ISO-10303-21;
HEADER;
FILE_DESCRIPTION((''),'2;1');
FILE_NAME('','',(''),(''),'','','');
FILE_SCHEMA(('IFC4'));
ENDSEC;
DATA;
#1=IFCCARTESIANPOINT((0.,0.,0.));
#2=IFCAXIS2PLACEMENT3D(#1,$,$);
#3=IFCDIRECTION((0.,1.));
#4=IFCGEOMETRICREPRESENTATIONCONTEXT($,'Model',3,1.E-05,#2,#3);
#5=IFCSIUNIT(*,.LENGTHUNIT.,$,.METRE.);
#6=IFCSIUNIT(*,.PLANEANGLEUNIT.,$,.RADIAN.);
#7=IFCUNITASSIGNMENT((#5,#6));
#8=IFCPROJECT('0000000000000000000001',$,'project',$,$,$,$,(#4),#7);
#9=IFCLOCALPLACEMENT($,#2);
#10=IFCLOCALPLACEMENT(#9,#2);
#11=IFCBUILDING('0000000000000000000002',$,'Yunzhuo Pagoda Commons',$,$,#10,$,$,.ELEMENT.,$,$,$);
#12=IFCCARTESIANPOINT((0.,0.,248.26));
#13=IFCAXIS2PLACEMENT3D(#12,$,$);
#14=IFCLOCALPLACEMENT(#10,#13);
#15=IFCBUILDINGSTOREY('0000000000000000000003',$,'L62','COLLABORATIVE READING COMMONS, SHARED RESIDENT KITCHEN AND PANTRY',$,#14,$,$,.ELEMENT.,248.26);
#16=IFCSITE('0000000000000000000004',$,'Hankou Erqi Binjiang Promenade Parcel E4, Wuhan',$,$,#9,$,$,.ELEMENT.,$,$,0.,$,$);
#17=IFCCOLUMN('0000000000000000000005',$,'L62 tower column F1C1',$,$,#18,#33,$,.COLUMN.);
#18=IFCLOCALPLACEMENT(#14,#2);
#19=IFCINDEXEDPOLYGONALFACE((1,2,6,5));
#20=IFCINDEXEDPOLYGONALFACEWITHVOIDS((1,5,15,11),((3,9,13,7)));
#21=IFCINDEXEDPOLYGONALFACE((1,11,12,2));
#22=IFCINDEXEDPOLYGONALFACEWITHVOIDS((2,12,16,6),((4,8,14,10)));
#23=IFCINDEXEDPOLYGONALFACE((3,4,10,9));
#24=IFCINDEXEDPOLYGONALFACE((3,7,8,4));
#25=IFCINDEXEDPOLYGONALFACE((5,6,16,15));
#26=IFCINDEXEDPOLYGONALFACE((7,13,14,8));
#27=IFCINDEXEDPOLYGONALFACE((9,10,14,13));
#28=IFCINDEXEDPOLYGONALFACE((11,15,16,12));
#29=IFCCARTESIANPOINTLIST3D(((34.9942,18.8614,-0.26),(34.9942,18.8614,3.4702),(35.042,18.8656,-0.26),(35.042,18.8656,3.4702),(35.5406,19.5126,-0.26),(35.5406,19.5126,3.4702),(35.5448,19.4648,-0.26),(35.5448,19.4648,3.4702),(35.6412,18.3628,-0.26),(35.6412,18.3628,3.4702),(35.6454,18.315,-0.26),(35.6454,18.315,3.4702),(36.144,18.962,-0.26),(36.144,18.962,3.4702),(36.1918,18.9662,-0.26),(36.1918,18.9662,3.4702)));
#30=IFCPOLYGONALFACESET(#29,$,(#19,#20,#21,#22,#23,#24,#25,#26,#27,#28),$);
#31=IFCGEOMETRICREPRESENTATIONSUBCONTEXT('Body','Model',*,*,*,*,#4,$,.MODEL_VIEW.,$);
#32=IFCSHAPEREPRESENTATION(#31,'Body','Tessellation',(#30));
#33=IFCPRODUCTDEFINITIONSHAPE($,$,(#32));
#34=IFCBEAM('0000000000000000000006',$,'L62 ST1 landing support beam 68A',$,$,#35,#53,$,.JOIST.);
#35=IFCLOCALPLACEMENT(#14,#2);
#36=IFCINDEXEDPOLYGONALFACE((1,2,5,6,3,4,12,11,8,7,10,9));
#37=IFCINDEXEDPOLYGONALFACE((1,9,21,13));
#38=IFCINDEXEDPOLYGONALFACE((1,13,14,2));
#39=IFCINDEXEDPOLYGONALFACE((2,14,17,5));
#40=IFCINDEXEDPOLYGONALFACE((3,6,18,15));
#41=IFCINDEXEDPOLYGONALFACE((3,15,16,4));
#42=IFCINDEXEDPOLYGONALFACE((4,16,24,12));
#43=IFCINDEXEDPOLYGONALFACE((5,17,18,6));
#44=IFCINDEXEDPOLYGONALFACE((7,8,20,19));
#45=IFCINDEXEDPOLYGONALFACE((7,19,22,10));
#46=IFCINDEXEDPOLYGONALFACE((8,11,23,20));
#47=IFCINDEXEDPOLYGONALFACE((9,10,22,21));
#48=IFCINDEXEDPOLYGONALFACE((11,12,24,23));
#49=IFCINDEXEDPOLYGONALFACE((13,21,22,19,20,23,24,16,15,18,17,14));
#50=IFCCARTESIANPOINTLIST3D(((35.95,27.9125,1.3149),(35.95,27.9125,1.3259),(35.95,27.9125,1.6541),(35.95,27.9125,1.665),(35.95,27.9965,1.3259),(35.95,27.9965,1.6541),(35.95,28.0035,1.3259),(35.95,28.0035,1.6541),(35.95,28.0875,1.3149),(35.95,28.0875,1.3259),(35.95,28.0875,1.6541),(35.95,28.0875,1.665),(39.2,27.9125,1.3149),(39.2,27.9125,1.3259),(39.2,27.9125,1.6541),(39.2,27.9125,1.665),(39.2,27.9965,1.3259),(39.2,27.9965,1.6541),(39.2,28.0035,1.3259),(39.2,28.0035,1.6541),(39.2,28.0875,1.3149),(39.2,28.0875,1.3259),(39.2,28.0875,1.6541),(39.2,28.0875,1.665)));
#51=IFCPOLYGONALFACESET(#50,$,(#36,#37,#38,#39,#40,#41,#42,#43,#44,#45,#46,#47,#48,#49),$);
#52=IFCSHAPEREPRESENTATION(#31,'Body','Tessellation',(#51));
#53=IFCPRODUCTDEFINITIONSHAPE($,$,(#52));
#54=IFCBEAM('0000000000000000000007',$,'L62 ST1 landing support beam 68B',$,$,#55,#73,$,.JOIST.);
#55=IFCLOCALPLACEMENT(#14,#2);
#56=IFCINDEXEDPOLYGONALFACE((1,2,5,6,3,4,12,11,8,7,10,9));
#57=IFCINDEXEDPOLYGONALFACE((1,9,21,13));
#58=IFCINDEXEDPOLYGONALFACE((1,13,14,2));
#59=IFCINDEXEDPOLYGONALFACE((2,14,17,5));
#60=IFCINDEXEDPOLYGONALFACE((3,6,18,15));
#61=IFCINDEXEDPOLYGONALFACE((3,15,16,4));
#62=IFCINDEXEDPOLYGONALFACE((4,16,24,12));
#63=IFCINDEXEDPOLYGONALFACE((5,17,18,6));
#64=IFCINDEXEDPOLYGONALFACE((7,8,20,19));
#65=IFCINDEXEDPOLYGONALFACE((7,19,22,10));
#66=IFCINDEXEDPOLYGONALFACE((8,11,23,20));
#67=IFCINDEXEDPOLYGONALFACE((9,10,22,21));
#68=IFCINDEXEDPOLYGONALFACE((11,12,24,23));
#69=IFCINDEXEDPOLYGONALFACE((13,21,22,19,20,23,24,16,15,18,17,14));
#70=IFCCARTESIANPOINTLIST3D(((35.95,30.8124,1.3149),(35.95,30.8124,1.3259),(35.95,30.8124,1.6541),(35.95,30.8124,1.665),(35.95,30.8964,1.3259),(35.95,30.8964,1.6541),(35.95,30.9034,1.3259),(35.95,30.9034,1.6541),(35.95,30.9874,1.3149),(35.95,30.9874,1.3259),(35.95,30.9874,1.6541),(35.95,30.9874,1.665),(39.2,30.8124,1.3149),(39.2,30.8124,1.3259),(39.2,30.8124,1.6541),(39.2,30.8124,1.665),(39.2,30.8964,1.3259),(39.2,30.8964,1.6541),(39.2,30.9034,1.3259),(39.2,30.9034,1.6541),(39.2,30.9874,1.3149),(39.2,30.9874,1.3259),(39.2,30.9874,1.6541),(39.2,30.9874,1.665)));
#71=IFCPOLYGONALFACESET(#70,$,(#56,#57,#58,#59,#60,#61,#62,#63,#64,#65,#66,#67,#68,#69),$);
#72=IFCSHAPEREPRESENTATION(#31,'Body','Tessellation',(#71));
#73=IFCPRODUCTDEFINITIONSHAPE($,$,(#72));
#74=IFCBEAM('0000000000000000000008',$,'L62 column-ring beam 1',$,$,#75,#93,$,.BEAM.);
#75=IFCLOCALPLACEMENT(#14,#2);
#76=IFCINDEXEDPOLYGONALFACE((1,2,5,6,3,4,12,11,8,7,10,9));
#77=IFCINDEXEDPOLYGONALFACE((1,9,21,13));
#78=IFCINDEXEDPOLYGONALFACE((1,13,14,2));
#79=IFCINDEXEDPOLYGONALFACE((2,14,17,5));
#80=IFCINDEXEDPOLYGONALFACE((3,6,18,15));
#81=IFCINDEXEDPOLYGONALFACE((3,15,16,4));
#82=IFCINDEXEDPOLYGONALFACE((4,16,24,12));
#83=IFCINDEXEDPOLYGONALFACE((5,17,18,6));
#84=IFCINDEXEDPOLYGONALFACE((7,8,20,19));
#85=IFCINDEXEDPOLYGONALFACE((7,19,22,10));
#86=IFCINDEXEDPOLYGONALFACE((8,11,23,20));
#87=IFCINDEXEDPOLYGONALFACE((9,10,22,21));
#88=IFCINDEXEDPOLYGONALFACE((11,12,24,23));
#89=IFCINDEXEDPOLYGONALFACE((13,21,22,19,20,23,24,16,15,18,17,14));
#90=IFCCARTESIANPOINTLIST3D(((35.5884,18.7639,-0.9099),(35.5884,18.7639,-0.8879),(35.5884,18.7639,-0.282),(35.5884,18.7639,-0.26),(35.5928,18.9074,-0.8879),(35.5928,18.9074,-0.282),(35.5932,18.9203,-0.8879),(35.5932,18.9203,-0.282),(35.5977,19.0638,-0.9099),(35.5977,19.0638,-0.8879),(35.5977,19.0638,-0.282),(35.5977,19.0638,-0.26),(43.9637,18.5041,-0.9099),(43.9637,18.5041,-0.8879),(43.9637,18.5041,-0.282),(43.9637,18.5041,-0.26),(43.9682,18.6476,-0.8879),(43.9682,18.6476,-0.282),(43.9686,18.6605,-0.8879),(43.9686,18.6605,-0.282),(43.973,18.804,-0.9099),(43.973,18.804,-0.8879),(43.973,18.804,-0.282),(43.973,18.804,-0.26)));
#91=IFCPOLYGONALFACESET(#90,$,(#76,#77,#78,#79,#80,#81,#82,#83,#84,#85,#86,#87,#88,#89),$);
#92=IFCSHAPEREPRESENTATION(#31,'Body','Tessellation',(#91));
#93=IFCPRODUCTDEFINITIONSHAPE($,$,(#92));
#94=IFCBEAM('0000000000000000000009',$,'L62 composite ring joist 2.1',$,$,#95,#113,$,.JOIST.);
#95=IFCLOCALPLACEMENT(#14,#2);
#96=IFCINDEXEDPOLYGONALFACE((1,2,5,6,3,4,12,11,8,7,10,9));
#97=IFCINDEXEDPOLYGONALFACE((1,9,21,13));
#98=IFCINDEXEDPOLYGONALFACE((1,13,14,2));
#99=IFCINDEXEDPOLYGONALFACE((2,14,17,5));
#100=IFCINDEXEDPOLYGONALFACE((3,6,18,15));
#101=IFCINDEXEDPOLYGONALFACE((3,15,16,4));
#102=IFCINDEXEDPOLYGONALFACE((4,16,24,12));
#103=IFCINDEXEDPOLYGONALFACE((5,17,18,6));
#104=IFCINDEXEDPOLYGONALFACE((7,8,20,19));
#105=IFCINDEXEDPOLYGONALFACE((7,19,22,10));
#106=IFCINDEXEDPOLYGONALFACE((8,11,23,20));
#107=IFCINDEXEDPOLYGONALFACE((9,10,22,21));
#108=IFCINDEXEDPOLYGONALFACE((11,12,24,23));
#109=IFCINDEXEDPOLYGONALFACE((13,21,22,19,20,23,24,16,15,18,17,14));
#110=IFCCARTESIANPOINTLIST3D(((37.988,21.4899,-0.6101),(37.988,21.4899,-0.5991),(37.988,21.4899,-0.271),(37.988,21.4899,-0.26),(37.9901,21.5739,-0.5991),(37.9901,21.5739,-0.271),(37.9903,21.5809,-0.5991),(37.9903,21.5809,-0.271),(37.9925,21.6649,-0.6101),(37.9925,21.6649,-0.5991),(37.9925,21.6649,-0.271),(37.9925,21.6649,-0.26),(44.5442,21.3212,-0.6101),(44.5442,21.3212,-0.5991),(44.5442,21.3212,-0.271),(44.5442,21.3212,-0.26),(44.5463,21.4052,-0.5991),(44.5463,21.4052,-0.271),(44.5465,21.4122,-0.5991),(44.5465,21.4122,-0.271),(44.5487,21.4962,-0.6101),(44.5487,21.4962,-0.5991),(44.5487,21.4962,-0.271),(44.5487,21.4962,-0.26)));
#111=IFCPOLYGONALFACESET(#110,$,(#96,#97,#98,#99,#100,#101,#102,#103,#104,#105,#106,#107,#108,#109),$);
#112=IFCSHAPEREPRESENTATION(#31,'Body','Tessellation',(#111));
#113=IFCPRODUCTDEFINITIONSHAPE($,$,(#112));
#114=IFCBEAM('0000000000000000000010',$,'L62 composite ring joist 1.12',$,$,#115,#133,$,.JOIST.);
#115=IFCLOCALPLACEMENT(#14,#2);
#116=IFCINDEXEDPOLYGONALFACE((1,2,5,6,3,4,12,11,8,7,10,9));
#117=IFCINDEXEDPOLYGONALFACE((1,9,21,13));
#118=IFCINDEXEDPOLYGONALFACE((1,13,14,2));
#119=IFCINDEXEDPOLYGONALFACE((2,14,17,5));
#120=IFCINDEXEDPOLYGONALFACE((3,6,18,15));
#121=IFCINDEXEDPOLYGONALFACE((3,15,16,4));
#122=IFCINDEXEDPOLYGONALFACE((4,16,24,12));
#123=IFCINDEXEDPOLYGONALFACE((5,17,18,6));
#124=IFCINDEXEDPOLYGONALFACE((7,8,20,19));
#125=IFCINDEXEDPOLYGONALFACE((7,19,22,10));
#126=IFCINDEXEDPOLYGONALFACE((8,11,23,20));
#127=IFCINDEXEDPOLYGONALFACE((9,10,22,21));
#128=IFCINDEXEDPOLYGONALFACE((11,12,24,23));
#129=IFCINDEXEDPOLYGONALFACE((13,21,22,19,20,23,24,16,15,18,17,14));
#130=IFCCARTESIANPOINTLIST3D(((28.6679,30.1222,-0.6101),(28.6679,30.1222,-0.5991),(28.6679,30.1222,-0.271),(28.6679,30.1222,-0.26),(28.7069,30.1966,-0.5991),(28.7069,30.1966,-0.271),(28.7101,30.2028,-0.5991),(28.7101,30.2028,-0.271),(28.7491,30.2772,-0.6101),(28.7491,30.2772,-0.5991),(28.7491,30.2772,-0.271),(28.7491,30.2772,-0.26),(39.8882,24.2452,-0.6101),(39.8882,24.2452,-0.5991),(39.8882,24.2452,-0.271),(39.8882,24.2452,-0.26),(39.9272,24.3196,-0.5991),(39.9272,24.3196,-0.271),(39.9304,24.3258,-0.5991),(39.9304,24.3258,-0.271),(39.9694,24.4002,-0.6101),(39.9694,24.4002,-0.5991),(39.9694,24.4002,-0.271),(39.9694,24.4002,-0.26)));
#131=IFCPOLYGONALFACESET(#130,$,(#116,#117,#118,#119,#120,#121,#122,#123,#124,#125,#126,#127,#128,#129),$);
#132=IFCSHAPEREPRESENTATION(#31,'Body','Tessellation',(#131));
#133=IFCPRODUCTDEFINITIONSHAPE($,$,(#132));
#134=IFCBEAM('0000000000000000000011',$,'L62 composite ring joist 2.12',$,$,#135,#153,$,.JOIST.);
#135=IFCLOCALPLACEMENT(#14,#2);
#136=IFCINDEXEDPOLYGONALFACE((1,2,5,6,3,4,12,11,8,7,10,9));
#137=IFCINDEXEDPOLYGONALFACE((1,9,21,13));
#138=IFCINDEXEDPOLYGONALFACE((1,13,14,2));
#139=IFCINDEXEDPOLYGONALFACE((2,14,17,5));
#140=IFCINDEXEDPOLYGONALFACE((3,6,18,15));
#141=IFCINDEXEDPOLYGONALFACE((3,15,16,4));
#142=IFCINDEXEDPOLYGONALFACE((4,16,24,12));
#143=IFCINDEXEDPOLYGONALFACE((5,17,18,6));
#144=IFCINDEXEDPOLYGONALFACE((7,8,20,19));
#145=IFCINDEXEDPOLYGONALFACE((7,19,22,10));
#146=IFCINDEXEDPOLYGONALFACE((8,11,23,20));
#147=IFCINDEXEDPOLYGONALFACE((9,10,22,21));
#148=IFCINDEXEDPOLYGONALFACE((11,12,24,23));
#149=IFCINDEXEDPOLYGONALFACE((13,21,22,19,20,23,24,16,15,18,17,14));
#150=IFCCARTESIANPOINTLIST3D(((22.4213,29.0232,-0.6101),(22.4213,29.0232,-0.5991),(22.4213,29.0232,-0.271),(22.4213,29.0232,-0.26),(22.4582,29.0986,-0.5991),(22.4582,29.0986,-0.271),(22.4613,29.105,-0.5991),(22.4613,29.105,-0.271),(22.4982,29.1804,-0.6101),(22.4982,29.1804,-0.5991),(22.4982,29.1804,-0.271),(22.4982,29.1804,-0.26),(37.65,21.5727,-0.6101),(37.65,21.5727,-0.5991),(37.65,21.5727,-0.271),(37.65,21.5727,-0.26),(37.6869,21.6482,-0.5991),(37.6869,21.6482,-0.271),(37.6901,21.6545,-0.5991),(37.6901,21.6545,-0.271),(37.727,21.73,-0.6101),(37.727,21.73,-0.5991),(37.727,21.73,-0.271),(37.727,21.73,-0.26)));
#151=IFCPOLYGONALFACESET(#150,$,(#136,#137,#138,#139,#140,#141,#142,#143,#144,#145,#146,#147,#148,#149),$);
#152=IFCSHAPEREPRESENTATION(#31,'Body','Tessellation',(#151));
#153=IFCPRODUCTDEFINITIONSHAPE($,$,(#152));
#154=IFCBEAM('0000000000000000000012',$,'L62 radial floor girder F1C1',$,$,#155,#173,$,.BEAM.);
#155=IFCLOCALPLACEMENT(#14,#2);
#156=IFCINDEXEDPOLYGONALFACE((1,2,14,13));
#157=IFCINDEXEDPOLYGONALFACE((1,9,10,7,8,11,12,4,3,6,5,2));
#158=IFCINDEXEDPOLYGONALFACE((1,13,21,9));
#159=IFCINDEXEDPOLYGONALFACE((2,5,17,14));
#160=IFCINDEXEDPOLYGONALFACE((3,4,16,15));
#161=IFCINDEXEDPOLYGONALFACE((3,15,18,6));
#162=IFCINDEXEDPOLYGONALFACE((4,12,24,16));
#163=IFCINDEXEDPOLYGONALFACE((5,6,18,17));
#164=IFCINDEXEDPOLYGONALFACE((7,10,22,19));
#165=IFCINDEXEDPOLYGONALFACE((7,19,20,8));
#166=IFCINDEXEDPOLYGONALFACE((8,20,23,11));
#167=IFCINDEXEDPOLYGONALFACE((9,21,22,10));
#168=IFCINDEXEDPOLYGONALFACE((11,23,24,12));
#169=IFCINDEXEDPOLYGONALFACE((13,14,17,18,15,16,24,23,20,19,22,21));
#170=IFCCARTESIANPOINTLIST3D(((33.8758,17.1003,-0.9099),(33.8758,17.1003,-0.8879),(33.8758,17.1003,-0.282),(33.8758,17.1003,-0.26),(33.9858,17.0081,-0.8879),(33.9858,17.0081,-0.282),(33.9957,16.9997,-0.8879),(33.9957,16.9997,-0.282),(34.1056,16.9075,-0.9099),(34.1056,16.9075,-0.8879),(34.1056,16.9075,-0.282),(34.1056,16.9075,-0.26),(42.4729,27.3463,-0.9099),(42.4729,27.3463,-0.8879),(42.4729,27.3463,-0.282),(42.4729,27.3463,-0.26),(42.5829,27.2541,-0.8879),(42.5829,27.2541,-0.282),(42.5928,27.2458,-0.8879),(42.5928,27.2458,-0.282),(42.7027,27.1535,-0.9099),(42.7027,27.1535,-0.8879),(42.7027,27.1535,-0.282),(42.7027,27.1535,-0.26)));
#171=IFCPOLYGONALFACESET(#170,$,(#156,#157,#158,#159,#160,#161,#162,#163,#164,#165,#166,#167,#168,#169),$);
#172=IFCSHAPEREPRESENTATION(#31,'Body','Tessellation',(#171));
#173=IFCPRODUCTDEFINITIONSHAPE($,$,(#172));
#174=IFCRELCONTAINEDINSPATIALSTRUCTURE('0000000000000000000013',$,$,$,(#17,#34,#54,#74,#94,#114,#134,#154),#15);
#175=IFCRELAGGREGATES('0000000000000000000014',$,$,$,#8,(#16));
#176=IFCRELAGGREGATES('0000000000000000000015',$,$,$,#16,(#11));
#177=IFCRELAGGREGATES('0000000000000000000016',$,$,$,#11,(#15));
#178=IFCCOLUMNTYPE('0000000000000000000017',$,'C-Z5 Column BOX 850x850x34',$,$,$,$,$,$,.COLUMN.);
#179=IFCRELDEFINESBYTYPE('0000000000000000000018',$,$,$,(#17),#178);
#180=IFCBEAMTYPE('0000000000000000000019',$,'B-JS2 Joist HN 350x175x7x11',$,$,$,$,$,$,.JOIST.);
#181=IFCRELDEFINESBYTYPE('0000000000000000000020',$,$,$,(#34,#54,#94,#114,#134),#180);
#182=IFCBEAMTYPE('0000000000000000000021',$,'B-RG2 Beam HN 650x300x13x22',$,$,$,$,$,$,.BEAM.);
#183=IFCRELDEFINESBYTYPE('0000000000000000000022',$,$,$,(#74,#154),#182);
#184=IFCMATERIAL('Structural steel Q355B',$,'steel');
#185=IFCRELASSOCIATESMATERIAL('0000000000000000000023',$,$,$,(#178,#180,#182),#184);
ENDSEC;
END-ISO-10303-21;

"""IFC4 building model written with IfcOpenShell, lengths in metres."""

from ifc_helpers import new_model, si_unit, direction, frame, origin, origin_2d, place, context, subcontext, project, spatial, hollow_rectangle, i_section, extrude, source, transform, mapped, material, material_profile, profile_set, type_object, element, save


model = new_model("IFC4")

# Units and contexts
model_context = context("Model", 3, precision=1e-05, world=origin(), true_north=direction((0.0, 1.0)))
body_context = subcontext(model_context, "Body", "Model", "MODEL_VIEW")
ifc_project = project(units=[si_unit("LENGTHUNIT", "METRE"), si_unit("PLANEANGLEUNIT", "RADIAN")], contexts=[model_context])

# Site, building, storey
site_placement = place(None, origin())
site = spatial("IfcSite", under=ifc_project, at=site_placement, Name="Hankou Erqi Binjiang Promenade Parcel E4, Wuhan", CompositionType="ELEMENT", RefElevation=0.0)
building_placement = place(site_placement, origin())
building = spatial("IfcBuilding", under=site, at=building_placement, Name="Yunzhuo Pagoda Commons", CompositionType="ELEMENT")
storey_placement = place(building_placement, frame((0.0, 0.0, 248.26)))
storey = spatial("IfcBuildingStorey", under=building, at=storey_placement, Name="L62", Description="COLLABORATIVE READING COMMONS, SHARED RESIDENT KITCHEN AND PANTRY", CompositionType="ELEMENT", Elevation=248.26)

# Column
ifc_material_1 = material(Name="Structural steel Q355B", Category="steel")
ifc_material_profile_1 = material_profile(ifc_material_1, hollow_rectangle(XDim=0.8501, YDim=0.8501, WallThickness=0.0339, at=origin_2d()), Name="Structural steel Q355B")
ifc_profile_set_1 = profile_set([ifc_material_profile_1], Name="Structural steel Q355B")
column_type = type_object("IfcColumnType", Name="C-Z5 Column BOX 850x850x34", PredefinedType="COLUMN", material=ifc_profile_set_1)
shared_shape_1 = source(origin(), body_context, "Body", "SweptSolid", [
    extrude(hollow_rectangle(XDim=0.8501, YDim=0.8501, WallThickness=0.0339, at=origin_2d()), origin(), (0.0, 0.0, 1.0), 3.7302),
])
column_placement = place(storey_placement, frame((35.593, 18.9138, -0.26), z_axis=(0.0, 0.0, 1.0), x_axis=(0.766044, -0.642788, 0.0)))
element("IfcColumn", 1, at=column_placement, inside=storey, type_object=column_type, Name="L62 tower column F1C1", PredefinedType="COLUMN", context=body_context, shape_type="MappedRepresentation", body=[
    mapped(shared_shape_1, transform((0.0, 0.0, 0.0), scale=1.0)),
])

# Beams
ifc_material_profile_2 = material_profile(ifc_material_1, i_section(OverallWidth=0.175, OverallDepth=0.3501, WebThickness=0.0071, FlangeThickness=0.011, at=origin_2d()), Name="Structural steel Q355B")
ifc_profile_set_2 = profile_set([ifc_material_profile_2], Name="Structural steel Q355B")
beam_type_1 = type_object("IfcBeamType", Name="B-JS2 Joist HN 350x175x7x11", PredefinedType="JOIST", material=ifc_profile_set_2)
shared_shape_2 = source(origin(), body_context, "Body", "SweptSolid", [
    extrude(i_section(OverallWidth=0.175, OverallDepth=0.3501, WebThickness=0.0071, FlangeThickness=0.011, at=origin_2d()), origin(), (0.0, 0.0, 1.0), 3.25),
])
for number, where, z_axis, x_axis, name in (
    (2, (35.95, 28.0, 1.49), (1.0, 0.0, 0.0), (0.0, 1.0, 0.0), "L62 ST1 landing support beam 68A"),
    (3, (35.95, 30.8999, 1.49), (1.0, 0.0, 0.0), (0.0, 1.0, 0.0), "L62 ST1 landing support beam 68B"),
):
    element("IfcBeam", number, at=place(storey_placement, frame(where, z_axis=z_axis, x_axis=x_axis)), inside=storey, type_object=beam_type_1, Name=name, PredefinedType="JOIST", context=body_context, shape_type="MappedRepresentation", body=[
        mapped(shared_shape_2, transform((0.0, 0.0, 0.0), scale=1.0)),
    ])
ifc_material_profile_3 = material_profile(ifc_material_1, i_section(OverallWidth=0.3, OverallDepth=0.6499, WebThickness=0.0129, FlangeThickness=0.022, at=origin_2d()), Name="Structural steel Q355B")
ifc_profile_set_3 = profile_set([ifc_material_profile_3], Name="Structural steel Q355B")
beam_type_2 = type_object("IfcBeamType", Name="B-RG2 Beam HN 650x300x13x22", PredefinedType="BEAM", material=ifc_profile_set_3)
shared_shape_3 = source(origin(), body_context, "Body", "SweptSolid", [
    extrude(i_section(OverallWidth=0.3, OverallDepth=0.6499, WebThickness=0.0129, FlangeThickness=0.022, at=origin_2d()), origin(), (0.0, 0.0, 1.0), 8.3794),
])
beam_1_placement = place(storey_placement, frame((35.593, 18.9138, -0.585), z_axis=(0.999519, -0.031, 0.0), x_axis=(0.031, 0.999519, 0.0)))
element("IfcBeam", 4, at=beam_1_placement, inside=storey, type_object=beam_type_2, Name="L62 column-ring beam 1", PredefinedType="BEAM", context=body_context, shape_type="MappedRepresentation", body=[
    mapped(shared_shape_3, transform((0.0, 0.0, 0.0), scale=1.0)),
])
shared_shape_4 = source(origin(), body_context, "Body", "SweptSolid", [
    extrude(i_section(OverallWidth=0.175, OverallDepth=0.3501, WebThickness=0.0071, FlangeThickness=0.011, at=origin_2d()), origin(), (0.0, 0.0, 1.0), 6.5583),
])
beam_2_placement = place(storey_placement, frame((37.9902, 21.5774, -0.4351), z_axis=(0.999669, -0.025723, 0.0), x_axis=(0.025723, 0.999669, 0.0)))
element("IfcBeam", 5, at=beam_2_placement, inside=storey, type_object=beam_type_1, Name="L62 composite ring joist 2.1", PredefinedType="JOIST", context=body_context, shape_type="MappedRepresentation", body=[
    mapped(shared_shape_4, transform((0.0, 0.0, 0.0), scale=1.0)),
])
shared_shape_5 = source(origin(), body_context, "Body", "SweptSolid", [
    extrude(i_section(OverallWidth=0.175, OverallDepth=0.3501, WebThickness=0.0071, FlangeThickness=0.011, at=origin_2d()), origin(), (0.0, 0.0, 1.0), 12.6663),
])
beam_3_placement = place(storey_placement, frame((28.7085, 30.1997, -0.4351), z_axis=(0.885841, -0.463988, 0.0), x_axis=(0.463988, 0.885841, 0.0)))
element("IfcBeam", 6, at=beam_3_placement, inside=storey, type_object=beam_type_1, Name="L62 composite ring joist 1.12", PredefinedType="JOIST", context=body_context, shape_type="MappedRepresentation", body=[
    mapped(shared_shape_5, transform((0.0, 0.0, 0.0), scale=1.0)),
])
shared_shape_6 = source(origin(), body_context, "Body", "SweptSolid", [
    extrude(i_section(OverallWidth=0.175, OverallDepth=0.3501, WebThickness=0.0071, FlangeThickness=0.011, at=origin_2d()), origin(), (0.0, 0.0, 1.0), 16.9536),
])
beam_4_placement = place(storey_placement, frame((22.4597, 29.1018, -0.4351), z_axis=(0.898262, -0.439461, 0.0), x_axis=(0.439461, 0.898262, 0.0)))
element("IfcBeam", 7, at=beam_4_placement, inside=storey, type_object=beam_type_1, Name="L62 composite ring joist 2.12", PredefinedType="JOIST", context=body_context, shape_type="MappedRepresentation", body=[
    mapped(shared_shape_6, transform((0.0, 0.0, 0.0), scale=1.0)),
])
shared_shape_7 = source(origin(), body_context, "Body", "SweptSolid", [
    extrude(i_section(OverallWidth=0.3, OverallDepth=0.6499, WebThickness=0.0129, FlangeThickness=0.022, at=origin_2d()), origin(), (0.0, 0.0, 1.0), 13.375),
])
beam_5_placement = place(storey_placement, frame((33.9907, 17.0039, -0.585), z_axis=(0.642773, 0.766056, 0.0), x_axis=(-0.766056, 0.642773, 0.0)))
element("IfcBeam", 8, at=beam_5_placement, inside=storey, type_object=beam_type_2, Name="L62 radial floor girder F1C1", PredefinedType="BEAM", context=body_context, shape_type="MappedRepresentation", body=[
    mapped(shared_shape_7, transform((0.0, 0.0, 0.0), scale=1.0)),
])

save(model, "model.ifc")
